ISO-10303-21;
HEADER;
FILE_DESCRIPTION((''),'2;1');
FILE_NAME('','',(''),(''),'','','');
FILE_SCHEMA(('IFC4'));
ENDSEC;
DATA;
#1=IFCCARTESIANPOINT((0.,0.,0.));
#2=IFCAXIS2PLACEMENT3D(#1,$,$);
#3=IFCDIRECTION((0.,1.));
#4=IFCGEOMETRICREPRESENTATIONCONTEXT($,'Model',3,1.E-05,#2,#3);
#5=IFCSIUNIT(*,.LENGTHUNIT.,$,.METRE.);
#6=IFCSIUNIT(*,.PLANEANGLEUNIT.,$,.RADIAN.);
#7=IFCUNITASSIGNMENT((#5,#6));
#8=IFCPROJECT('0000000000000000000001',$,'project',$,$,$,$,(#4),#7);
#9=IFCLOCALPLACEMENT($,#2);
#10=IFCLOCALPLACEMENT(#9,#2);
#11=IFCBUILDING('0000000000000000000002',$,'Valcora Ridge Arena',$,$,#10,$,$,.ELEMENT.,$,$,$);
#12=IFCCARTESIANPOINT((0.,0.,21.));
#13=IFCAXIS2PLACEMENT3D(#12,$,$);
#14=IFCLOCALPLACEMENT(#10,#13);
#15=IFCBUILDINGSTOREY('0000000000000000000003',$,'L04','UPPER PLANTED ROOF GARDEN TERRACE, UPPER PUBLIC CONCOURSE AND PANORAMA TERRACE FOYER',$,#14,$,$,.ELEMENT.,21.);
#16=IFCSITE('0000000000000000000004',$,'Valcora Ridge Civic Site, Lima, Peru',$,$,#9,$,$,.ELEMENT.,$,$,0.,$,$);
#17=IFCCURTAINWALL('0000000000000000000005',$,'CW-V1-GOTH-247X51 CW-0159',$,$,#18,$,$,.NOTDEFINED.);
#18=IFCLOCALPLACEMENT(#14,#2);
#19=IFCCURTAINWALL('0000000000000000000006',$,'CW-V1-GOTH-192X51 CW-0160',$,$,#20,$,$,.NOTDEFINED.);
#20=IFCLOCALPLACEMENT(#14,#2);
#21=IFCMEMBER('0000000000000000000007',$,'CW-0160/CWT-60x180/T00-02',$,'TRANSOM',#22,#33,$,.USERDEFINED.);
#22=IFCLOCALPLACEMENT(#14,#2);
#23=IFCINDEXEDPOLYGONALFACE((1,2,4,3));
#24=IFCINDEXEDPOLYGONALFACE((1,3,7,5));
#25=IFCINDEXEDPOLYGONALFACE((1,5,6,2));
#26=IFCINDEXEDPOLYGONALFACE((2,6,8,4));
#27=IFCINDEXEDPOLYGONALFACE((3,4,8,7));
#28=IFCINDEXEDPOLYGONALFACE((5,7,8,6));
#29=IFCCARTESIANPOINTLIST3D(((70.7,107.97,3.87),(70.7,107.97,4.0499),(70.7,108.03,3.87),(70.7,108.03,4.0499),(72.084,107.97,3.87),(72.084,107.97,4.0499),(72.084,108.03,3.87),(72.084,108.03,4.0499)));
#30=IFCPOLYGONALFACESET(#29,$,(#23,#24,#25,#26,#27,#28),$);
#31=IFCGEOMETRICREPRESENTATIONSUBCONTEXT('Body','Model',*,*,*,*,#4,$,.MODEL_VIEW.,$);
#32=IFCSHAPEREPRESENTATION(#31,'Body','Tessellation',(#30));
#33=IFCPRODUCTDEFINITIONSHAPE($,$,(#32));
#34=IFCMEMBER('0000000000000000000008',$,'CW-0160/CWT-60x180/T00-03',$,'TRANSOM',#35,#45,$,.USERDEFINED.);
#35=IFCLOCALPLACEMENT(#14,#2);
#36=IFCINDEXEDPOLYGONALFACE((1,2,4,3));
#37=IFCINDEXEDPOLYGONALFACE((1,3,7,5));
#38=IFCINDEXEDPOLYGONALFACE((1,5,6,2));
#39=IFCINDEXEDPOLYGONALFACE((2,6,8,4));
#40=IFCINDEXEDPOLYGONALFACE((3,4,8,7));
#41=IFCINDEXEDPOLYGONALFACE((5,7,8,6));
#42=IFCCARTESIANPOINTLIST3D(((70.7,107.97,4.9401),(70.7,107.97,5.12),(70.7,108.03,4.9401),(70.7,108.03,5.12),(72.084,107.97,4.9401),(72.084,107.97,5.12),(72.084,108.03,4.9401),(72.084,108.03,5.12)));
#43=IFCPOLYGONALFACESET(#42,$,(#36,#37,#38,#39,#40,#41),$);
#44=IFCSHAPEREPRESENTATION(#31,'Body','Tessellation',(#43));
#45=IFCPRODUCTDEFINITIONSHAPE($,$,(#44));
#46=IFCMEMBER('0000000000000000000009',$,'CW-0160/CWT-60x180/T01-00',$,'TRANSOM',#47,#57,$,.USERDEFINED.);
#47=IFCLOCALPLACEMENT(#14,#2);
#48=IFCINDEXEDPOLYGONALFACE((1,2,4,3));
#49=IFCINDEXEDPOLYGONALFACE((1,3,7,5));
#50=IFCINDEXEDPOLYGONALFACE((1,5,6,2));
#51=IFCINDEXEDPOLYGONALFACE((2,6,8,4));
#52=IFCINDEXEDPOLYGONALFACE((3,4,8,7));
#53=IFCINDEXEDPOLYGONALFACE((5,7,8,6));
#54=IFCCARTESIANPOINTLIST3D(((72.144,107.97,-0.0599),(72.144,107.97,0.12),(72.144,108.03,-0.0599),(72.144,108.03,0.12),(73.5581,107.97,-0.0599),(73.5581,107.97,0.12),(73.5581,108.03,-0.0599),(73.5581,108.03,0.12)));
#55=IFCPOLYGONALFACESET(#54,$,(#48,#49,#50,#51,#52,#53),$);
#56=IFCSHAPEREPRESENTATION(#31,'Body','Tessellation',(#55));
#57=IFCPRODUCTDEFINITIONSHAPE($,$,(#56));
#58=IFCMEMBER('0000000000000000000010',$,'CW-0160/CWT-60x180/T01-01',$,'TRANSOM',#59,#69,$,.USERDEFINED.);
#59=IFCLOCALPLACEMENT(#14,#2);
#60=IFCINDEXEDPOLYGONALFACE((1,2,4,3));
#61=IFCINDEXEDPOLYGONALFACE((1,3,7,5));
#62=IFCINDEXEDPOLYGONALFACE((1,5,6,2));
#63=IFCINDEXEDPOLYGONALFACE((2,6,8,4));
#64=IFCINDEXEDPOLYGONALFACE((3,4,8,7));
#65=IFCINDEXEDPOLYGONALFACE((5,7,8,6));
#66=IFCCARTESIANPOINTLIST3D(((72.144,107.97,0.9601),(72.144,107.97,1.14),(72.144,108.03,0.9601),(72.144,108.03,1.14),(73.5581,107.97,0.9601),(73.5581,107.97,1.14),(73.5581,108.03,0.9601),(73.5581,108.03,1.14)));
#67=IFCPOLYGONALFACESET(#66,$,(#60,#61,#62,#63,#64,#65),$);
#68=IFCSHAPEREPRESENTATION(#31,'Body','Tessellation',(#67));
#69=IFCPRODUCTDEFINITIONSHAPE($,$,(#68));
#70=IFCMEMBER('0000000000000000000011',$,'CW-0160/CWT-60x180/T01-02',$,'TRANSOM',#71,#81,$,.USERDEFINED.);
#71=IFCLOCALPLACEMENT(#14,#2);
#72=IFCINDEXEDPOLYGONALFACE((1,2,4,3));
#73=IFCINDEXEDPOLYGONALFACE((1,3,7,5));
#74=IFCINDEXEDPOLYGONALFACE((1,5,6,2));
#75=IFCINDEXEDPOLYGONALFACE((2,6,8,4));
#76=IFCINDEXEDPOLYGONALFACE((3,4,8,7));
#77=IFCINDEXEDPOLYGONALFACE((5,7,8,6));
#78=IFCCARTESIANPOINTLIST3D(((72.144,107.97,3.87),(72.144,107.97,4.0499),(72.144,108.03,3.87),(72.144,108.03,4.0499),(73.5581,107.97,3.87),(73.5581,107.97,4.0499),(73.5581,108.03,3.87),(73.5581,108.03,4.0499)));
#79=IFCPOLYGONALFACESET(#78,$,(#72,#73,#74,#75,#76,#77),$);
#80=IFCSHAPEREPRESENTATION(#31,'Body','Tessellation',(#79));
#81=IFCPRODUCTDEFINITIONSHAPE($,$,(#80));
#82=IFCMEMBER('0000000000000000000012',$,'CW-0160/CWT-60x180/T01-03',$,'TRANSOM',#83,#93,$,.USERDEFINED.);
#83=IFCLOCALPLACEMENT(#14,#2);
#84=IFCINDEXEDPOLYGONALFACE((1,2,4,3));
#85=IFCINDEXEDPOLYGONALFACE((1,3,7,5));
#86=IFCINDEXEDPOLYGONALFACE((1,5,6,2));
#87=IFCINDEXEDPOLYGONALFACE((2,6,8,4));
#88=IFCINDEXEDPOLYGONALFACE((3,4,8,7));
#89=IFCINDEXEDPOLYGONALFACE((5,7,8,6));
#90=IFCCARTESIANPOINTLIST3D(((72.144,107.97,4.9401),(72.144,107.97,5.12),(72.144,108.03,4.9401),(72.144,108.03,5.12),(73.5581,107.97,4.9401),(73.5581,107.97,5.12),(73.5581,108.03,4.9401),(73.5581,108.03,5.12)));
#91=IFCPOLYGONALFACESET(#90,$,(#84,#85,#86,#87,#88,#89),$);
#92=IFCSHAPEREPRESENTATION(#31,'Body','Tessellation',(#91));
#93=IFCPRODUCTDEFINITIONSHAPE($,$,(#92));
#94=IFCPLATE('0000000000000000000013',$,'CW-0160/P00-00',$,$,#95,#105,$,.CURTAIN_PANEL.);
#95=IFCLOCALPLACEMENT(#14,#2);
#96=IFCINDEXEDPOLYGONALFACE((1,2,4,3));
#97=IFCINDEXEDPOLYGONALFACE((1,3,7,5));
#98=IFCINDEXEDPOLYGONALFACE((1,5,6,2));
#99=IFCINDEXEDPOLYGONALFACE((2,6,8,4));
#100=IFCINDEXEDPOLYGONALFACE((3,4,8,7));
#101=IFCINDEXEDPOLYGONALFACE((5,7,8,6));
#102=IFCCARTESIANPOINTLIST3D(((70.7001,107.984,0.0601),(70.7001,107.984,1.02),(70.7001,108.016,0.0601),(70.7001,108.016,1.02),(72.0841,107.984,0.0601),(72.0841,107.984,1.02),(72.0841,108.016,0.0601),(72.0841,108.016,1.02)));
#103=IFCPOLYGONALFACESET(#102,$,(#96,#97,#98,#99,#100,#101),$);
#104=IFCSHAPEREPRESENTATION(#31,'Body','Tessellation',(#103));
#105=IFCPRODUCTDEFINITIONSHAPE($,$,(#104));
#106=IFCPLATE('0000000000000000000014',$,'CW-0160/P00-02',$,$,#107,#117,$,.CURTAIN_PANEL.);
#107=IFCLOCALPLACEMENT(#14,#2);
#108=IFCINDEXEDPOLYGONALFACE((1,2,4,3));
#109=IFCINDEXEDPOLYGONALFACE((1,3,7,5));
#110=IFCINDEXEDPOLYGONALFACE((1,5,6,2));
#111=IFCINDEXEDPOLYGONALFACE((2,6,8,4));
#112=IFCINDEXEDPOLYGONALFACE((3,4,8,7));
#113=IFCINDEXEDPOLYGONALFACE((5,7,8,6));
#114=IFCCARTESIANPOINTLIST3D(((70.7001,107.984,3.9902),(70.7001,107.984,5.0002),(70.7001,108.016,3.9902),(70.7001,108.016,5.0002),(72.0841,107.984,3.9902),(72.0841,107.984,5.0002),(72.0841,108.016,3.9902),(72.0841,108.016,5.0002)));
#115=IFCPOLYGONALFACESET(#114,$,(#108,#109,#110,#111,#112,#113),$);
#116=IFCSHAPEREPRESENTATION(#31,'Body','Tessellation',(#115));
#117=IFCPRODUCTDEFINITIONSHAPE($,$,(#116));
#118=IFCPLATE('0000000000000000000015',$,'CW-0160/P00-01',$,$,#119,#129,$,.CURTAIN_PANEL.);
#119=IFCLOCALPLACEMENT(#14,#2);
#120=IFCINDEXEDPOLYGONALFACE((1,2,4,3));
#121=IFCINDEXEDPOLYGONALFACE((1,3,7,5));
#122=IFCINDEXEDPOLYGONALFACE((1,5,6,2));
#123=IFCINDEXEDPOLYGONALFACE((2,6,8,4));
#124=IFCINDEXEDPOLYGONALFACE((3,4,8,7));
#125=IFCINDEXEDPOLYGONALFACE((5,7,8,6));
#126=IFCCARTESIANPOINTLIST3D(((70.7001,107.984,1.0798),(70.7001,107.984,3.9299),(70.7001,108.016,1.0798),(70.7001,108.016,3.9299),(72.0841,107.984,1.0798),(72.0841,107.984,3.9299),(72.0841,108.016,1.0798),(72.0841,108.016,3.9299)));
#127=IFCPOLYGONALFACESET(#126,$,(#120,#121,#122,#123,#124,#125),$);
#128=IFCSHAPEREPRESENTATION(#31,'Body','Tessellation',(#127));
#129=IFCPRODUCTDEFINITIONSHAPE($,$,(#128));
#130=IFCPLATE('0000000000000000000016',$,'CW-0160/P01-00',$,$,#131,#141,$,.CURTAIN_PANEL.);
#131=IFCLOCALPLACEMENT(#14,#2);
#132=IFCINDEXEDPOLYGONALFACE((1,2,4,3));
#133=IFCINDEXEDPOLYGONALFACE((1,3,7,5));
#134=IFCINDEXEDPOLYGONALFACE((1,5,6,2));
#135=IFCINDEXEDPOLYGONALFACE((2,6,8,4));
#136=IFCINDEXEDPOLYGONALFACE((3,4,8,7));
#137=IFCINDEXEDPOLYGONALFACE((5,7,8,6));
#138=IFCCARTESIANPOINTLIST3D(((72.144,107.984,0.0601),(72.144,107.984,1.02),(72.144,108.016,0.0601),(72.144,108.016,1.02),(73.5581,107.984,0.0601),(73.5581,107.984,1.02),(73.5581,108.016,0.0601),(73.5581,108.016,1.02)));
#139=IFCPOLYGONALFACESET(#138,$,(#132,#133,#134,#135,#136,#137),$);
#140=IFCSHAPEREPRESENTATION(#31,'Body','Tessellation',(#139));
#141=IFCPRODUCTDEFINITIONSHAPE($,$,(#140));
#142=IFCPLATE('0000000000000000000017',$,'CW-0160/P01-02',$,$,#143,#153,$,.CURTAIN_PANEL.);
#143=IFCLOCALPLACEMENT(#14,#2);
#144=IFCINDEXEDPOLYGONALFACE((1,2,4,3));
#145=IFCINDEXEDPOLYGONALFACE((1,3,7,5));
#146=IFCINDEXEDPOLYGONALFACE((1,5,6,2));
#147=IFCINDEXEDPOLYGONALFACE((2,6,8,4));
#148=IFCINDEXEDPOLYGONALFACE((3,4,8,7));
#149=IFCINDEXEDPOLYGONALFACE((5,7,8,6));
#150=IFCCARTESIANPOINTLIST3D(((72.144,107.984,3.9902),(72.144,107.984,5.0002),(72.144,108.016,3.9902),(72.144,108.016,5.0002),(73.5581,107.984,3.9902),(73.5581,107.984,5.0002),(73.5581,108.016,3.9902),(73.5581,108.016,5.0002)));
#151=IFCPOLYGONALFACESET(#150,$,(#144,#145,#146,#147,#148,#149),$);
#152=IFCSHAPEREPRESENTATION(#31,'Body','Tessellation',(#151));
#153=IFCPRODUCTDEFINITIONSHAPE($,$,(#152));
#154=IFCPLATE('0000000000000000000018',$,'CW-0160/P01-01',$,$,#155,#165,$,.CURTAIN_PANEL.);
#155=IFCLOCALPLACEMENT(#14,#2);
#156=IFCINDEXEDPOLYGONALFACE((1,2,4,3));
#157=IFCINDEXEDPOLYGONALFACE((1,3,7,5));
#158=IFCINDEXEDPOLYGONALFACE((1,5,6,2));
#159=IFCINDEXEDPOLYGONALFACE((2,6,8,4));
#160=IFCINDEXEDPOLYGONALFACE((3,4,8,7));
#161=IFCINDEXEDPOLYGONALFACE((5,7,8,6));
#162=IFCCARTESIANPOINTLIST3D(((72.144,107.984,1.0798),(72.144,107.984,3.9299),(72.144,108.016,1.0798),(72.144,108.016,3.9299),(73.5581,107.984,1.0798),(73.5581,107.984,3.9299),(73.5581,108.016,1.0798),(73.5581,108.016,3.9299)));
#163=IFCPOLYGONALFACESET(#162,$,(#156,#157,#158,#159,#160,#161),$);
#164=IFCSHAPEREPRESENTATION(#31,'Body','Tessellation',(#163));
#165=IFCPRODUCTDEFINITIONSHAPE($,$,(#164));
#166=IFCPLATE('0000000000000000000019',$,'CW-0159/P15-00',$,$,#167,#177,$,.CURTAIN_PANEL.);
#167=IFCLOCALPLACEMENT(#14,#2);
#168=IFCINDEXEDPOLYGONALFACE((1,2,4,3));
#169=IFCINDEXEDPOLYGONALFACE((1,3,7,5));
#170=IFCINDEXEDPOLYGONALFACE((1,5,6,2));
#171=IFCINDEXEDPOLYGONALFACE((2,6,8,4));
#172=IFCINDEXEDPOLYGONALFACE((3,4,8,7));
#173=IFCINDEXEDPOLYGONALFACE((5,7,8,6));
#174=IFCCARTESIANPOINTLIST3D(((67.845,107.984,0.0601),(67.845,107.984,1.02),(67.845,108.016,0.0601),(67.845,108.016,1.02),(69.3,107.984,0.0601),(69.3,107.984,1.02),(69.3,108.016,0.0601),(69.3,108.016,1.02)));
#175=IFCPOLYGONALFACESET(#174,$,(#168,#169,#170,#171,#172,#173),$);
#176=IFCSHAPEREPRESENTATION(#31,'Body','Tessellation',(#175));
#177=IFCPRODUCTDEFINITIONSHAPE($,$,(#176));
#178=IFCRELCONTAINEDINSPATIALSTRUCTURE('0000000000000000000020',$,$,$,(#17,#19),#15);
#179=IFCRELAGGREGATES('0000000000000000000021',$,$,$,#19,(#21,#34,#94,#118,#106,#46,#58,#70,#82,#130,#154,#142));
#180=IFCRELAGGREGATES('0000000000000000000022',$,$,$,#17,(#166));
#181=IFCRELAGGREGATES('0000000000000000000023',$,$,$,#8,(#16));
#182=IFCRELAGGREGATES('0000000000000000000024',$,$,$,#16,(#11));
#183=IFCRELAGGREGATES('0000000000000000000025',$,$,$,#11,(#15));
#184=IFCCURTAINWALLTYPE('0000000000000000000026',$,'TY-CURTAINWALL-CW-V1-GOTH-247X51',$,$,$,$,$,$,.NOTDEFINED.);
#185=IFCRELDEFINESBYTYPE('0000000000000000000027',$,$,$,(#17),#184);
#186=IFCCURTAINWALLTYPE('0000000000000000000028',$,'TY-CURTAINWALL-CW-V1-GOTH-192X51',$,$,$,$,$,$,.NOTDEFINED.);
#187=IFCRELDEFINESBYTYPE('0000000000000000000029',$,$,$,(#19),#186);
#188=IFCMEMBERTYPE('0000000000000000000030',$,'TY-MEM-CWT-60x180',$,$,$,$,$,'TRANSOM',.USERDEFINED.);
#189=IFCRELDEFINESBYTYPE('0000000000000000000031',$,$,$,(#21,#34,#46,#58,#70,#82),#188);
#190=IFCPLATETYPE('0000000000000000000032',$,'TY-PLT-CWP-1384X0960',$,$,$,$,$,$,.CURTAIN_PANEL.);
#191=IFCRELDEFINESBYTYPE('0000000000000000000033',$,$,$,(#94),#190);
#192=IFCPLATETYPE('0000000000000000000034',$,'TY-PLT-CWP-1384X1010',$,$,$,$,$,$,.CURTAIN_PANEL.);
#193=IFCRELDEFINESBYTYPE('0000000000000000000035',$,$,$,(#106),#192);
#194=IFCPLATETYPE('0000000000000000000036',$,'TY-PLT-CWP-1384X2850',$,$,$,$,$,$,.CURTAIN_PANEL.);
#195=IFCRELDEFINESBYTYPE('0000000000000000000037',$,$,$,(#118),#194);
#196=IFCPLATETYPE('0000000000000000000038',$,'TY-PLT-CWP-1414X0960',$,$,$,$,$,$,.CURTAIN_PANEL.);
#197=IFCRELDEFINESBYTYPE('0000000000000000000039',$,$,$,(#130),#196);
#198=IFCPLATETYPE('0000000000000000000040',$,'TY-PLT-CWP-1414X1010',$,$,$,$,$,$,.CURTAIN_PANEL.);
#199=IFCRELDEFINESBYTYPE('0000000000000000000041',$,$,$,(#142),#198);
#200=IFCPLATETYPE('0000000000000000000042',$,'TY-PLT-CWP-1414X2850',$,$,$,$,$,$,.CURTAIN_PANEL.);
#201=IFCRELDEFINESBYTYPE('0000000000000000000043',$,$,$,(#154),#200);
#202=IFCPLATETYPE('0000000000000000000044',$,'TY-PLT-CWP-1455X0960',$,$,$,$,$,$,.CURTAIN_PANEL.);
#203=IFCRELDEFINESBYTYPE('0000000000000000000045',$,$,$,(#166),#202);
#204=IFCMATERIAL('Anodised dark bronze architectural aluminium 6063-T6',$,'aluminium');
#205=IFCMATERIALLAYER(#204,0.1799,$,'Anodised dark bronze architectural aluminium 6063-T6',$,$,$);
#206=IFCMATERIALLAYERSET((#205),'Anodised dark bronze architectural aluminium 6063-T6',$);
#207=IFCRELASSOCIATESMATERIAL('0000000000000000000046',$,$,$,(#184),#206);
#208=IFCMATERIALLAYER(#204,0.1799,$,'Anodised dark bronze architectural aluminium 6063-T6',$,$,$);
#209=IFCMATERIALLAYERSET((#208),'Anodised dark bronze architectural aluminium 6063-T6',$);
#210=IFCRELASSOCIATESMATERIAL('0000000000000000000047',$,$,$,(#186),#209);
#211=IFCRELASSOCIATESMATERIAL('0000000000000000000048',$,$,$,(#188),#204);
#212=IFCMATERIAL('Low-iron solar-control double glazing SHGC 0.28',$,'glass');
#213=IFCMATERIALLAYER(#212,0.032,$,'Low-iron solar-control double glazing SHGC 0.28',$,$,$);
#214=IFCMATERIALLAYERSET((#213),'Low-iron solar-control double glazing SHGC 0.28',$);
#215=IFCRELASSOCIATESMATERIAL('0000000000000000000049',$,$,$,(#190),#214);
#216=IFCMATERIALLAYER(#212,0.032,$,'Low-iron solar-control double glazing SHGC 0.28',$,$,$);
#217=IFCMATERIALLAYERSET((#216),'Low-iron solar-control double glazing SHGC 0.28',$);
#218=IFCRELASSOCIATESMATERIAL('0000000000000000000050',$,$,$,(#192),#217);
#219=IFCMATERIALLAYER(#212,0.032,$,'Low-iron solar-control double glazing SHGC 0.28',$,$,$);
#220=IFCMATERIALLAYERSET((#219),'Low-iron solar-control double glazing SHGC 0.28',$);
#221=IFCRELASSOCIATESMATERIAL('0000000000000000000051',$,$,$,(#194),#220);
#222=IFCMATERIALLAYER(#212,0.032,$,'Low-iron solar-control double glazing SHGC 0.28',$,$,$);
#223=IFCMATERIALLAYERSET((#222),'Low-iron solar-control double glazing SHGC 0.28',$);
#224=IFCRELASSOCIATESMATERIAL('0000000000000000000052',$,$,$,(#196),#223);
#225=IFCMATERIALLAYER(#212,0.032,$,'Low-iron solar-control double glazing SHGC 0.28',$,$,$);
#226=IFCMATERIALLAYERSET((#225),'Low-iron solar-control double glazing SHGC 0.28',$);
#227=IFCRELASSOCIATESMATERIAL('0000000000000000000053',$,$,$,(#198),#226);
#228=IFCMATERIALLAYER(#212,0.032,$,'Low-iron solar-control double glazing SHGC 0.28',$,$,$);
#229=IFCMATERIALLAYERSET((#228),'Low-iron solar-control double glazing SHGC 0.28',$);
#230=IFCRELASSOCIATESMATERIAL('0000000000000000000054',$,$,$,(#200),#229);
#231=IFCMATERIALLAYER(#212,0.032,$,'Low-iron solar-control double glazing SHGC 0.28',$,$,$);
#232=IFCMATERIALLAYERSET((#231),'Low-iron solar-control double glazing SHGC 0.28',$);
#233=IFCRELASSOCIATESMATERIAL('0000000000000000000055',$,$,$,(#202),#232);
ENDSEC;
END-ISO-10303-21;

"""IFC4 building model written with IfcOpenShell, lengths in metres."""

from ifc_helpers import new_model, si_unit, direction, frame, origin, origin_2d, place, context, subcontext, project, spatial, rectangle, extrude, material, layer, layer_set, material_profile, profile_set, type_object, element, aggregate, save


model = new_model("IFC4")

# Units and contexts
model_context = context("Model", 3, precision=1e-05, world=origin(), true_north=direction((0.0, 1.0)))
body_context = subcontext(model_context, "Body", "Model", "MODEL_VIEW")
ifc_project = project(units=[si_unit("LENGTHUNIT", "METRE"), si_unit("PLANEANGLEUNIT", "RADIAN")], contexts=[model_context])

# Site, building, storey
site_placement = place(None, origin())
site = spatial("IfcSite", under=ifc_project, at=site_placement, Name="Valcora Ridge Civic Site, Lima, Peru", CompositionType="ELEMENT", RefElevation=0.0)
building_placement = place(site_placement, origin())
building = spatial("IfcBuilding", under=site, at=building_placement, Name="Valcora Ridge Arena", CompositionType="ELEMENT")
storey_placement = place(building_placement, frame((0.0, 0.0, 21.0)))
storey = spatial("IfcBuildingStorey", under=building, at=storey_placement, Name="L04", Description="UPPER PLANTED ROOF GARDEN TERRACE, UPPER PUBLIC CONCOURSE AND PANORAMA TERRACE FOYER", CompositionType="ELEMENT", Elevation=21.0)

# Curtain walls
ifc_material_1 = material(Name="Anodised dark bronze architectural aluminium 6063-T6", Category="aluminium")
ifc_layer_1 = layer(ifc_material_1, 0.1799, Name="Anodised dark bronze architectural aluminium 6063-T6")
ifc_layer_set_1 = layer_set([ifc_layer_1], Name="Anodised dark bronze architectural aluminium 6063-T6")
curtain_wall_type_1 = type_object("IfcCurtainWallType", Name="TY-CURTAINWALL-CW-V1-GOTH-247X51", PredefinedType="NOTDEFINED", material=ifc_layer_set_1)
curtain_wall_1_placement = place(storey_placement, origin())
curtain_wall_1 = element("IfcCurtainWall", 1, at=curtain_wall_1_placement, inside=storey, type_object=curtain_wall_type_1, Name="CW-V1-GOTH-247X51 CW-0159", PredefinedType="NOTDEFINED")
ifc_layer_2 = layer(ifc_material_1, 0.1799, Name="Anodised dark bronze architectural aluminium 6063-T6")
ifc_layer_set_2 = layer_set([ifc_layer_2], Name="Anodised dark bronze architectural aluminium 6063-T6")
curtain_wall_type_2 = type_object("IfcCurtainWallType", Name="TY-CURTAINWALL-CW-V1-GOTH-192X51", PredefinedType="NOTDEFINED", material=ifc_layer_set_2)
curtain_wall_2_placement = place(storey_placement, origin())
curtain_wall_2 = element("IfcCurtainWall", 2, at=curtain_wall_2_placement, inside=storey, type_object=curtain_wall_type_2, Name="CW-V1-GOTH-192X51 CW-0160", PredefinedType="NOTDEFINED")

# Members
ifc_material_profile_1 = material_profile(ifc_material_1, rectangle(XDim=0.0601, YDim=0.1799, at=origin_2d()), Name="ALU TRANSOM 60x180")
ifc_profile_set_1 = profile_set([ifc_material_profile_1], Name="Anodised dark bronze architectural aluminium 6063-T6")
member_type_1 = type_object("IfcMemberType", Name="TY-MEM-CWT-60x180", ElementType="TRANSOM", PredefinedType="USERDEFINED", material=ifc_profile_set_1)
member_1_placement = place(storey_placement, frame((70.7, 108.0, 3.96), z_axis=(1.0, 0.0, 0.0), x_axis=(0.0, 1.0, 0.0)))
member_1 = element("IfcMember", 3, at=member_1_placement, type_object=member_type_1, Name="CW-0160/CWT-60x180/T00-02", ObjectType="TRANSOM", PredefinedType="USERDEFINED", context=body_context, shape_type="SweptSolid", body=[
    extrude(rectangle(XDim=0.0601, YDim=0.1799, at=origin_2d()), origin(), (0.0, 0.0, 1.0), 1.384),
])
member_2_placement = place(storey_placement, frame((70.7, 108.0, 5.03), z_axis=(1.0, 0.0, 0.0), x_axis=(0.0, 1.0, 0.0)))
member_2 = element("IfcMember", 4, at=member_2_placement, type_object=member_type_1, Name="CW-0160/CWT-60x180/T00-03", ObjectType="TRANSOM", PredefinedType="USERDEFINED", context=body_context, shape_type="SweptSolid", body=[
    extrude(rectangle(XDim=0.0601, YDim=0.1799, at=origin_2d()), origin(), (0.0, 0.0, 1.0), 1.384),
])
member_3_placement = place(storey_placement, frame((72.144, 108.0, 0.03), z_axis=(1.0, 0.0, 0.0), x_axis=(0.0, 1.0, 0.0)))
member_3 = element("IfcMember", 5, at=member_3_placement, type_object=member_type_1, Name="CW-0160/CWT-60x180/T01-00", ObjectType="TRANSOM", PredefinedType="USERDEFINED", context=body_context, shape_type="SweptSolid", body=[
    extrude(rectangle(XDim=0.0601, YDim=0.1799, at=origin_2d()), origin(), (0.0, 0.0, 1.0), 1.4141),
])
member_4_placement = place(storey_placement, frame((72.144, 108.0, 1.05), z_axis=(1.0, 0.0, 0.0), x_axis=(0.0, 1.0, 0.0)))
member_4 = element("IfcMember", 6, at=member_4_placement, type_object=member_type_1, Name="CW-0160/CWT-60x180/T01-01", ObjectType="TRANSOM", PredefinedType="USERDEFINED", context=body_context, shape_type="SweptSolid", body=[
    extrude(rectangle(XDim=0.0601, YDim=0.1799, at=origin_2d()), origin(), (0.0, 0.0, 1.0), 1.4141),
])
member_5_placement = place(storey_placement, frame((72.144, 108.0, 3.96), z_axis=(1.0, 0.0, 0.0), x_axis=(0.0, 1.0, 0.0)))
member_5 = element("IfcMember", 7, at=member_5_placement, type_object=member_type_1, Name="CW-0160/CWT-60x180/T01-02", ObjectType="TRANSOM", PredefinedType="USERDEFINED", context=body_context, shape_type="SweptSolid", body=[
    extrude(rectangle(XDim=0.0601, YDim=0.1799, at=origin_2d()), origin(), (0.0, 0.0, 1.0), 1.4141),
])
member_6_placement = place(storey_placement, frame((72.144, 108.0, 5.03), z_axis=(1.0, 0.0, 0.0), x_axis=(0.0, 1.0, 0.0)))
member_6 = element("IfcMember", 8, at=member_6_placement, type_object=member_type_1, Name="CW-0160/CWT-60x180/T01-03", ObjectType="TRANSOM", PredefinedType="USERDEFINED", context=body_context, shape_type="SweptSolid", body=[
    extrude(rectangle(XDim=0.0601, YDim=0.1799, at=origin_2d()), origin(), (0.0, 0.0, 1.0), 1.4141),
])

# Plates
ifc_material_2 = material(Name="Low-iron solar-control double glazing SHGC 0.28", Category="glass")
ifc_layer_3 = layer(ifc_material_2, 0.032, Name="Low-iron solar-control double glazing SHGC 0.28")
ifc_layer_set_3 = layer_set([ifc_layer_3], Name="Low-iron solar-control double glazing SHGC 0.28")
plate_type_1 = type_object("IfcPlateType", Name="TY-PLT-CWP-1384X0960", PredefinedType="CURTAIN_PANEL", material=ifc_layer_set_3)
plate_1_placement = place(storey_placement, frame((71.3921, 108.0, 0.0601), z_axis=(0.0, 0.0, 1.0), x_axis=(1.0, 0.0, 0.0)))
plate_1 = element("IfcPlate", 9, at=plate_1_placement, type_object=plate_type_1, Name="CW-0160/P00-00", PredefinedType="CURTAIN_PANEL", context=body_context, shape_type="SweptSolid", body=[
    extrude(rectangle(XDim=1.384, YDim=0.032, at=origin_2d()), origin(), (0.0, 0.0, 1.0), 0.96),
])
ifc_layer_4 = layer(ifc_material_2, 0.032, Name="Low-iron solar-control double glazing SHGC 0.28")
ifc_layer_set_4 = layer_set([ifc_layer_4], Name="Low-iron solar-control double glazing SHGC 0.28")
plate_type_2 = type_object("IfcPlateType", Name="TY-PLT-CWP-1384X1010", PredefinedType="CURTAIN_PANEL", material=ifc_layer_set_4)
plate_2_placement = place(storey_placement, frame((71.3921, 108.0, 3.9902), z_axis=(0.0, 0.0, 1.0), x_axis=(1.0, 0.0, 0.0)))
plate_2 = element("IfcPlate", 10, at=plate_2_placement, type_object=plate_type_2, Name="CW-0160/P00-02", PredefinedType="CURTAIN_PANEL", context=body_context, shape_type="SweptSolid", body=[
    extrude(rectangle(XDim=1.384, YDim=0.032, at=origin_2d()), origin(), (0.0, 0.0, 1.0), 1.01),
])
ifc_layer_5 = layer(ifc_material_2, 0.032, Name="Low-iron solar-control double glazing SHGC 0.28")
ifc_layer_set_5 = layer_set([ifc_layer_5], Name="Low-iron solar-control double glazing SHGC 0.28")
plate_type_3 = type_object("IfcPlateType", Name="TY-PLT-CWP-1384X2850", PredefinedType="CURTAIN_PANEL", material=ifc_layer_set_5)
plate_3_placement = place(storey_placement, frame((71.3921, 108.0, 1.0798), z_axis=(0.0, 0.0, 1.0), x_axis=(1.0, 0.0, 0.0)))
plate_3 = element("IfcPlate", 11, at=plate_3_placement, type_object=plate_type_3, Name="CW-0160/P00-01", PredefinedType="CURTAIN_PANEL", context=body_context, shape_type="SweptSolid", body=[
    extrude(rectangle(XDim=1.384, YDim=0.032, at=origin_2d()), origin(), (0.0, 0.0, 1.0), 2.8501),
])
ifc_layer_6 = layer(ifc_material_2, 0.032, Name="Low-iron solar-control double glazing SHGC 0.28")
ifc_layer_set_6 = layer_set([ifc_layer_6], Name="Low-iron solar-control double glazing SHGC 0.28")
plate_type_4 = type_object("IfcPlateType", Name="TY-PLT-CWP-1414X0960", PredefinedType="CURTAIN_PANEL", material=ifc_layer_set_6)
plate_4_placement = place(storey_placement, frame((72.8511, 108.0, 0.0601), z_axis=(0.0, 0.0, 1.0), x_axis=(1.0, 0.0, 0.0)))
plate_4 = element("IfcPlate", 12, at=plate_4_placement, type_object=plate_type_4, Name="CW-0160/P01-00", PredefinedType="CURTAIN_PANEL", context=body_context, shape_type="SweptSolid", body=[
    extrude(rectangle(XDim=1.4141, YDim=0.032, at=origin_2d()), origin(), (0.0, 0.0, 1.0), 0.96),
])
ifc_layer_7 = layer(ifc_material_2, 0.032, Name="Low-iron solar-control double glazing SHGC 0.28")
ifc_layer_set_7 = layer_set([ifc_layer_7], Name="Low-iron solar-control double glazing SHGC 0.28")
plate_type_5 = type_object("IfcPlateType", Name="TY-PLT-CWP-1414X1010", PredefinedType="CURTAIN_PANEL", material=ifc_layer_set_7)
plate_5_placement = place(storey_placement, frame((72.8511, 108.0, 3.9902), z_axis=(0.0, 0.0, 1.0), x_axis=(1.0, 0.0, 0.0)))
plate_5 = element("IfcPlate", 13, at=plate_5_placement, type_object=plate_type_5, Name="CW-0160/P01-02", PredefinedType="CURTAIN_PANEL", context=body_context, shape_type="SweptSolid", body=[
    extrude(rectangle(XDim=1.4141, YDim=0.032, at=origin_2d()), origin(), (0.0, 0.0, 1.0), 1.01),
])
ifc_layer_8 = layer(ifc_material_2, 0.032, Name="Low-iron solar-control double glazing SHGC 0.28")
ifc_layer_set_8 = layer_set([ifc_layer_8], Name="Low-iron solar-control double glazing SHGC 0.28")
plate_type_6 = type_object("IfcPlateType", Name="TY-PLT-CWP-1414X2850", PredefinedType="CURTAIN_PANEL", material=ifc_layer_set_8)
plate_6_placement = place(storey_placement, frame((72.8511, 108.0, 1.0798), z_axis=(0.0, 0.0, 1.0), x_axis=(1.0, 0.0, 0.0)))
plate_6 = element("IfcPlate", 14, at=plate_6_placement, type_object=plate_type_6, Name="CW-0160/P01-01", PredefinedType="CURTAIN_PANEL", context=body_context, shape_type="SweptSolid", body=[
    extrude(rectangle(XDim=1.4141, YDim=0.032, at=origin_2d()), origin(), (0.0, 0.0, 1.0), 2.8501),
])
aggregate(curtain_wall_2, [member_1, member_2, plate_1, plate_3, plate_2, member_3, member_4, member_5, member_6, plate_4, plate_6, plate_5])
ifc_layer_9 = layer(ifc_material_2, 0.032, Name="Low-iron solar-control double glazing SHGC 0.28")
ifc_layer_set_9 = layer_set([ifc_layer_9], Name="Low-iron solar-control double glazing SHGC 0.28")
plate_type_7 = type_object("IfcPlateType", Name="TY-PLT-CWP-1455X0960", PredefinedType="CURTAIN_PANEL", material=ifc_layer_set_9)
plate_7_placement = place(storey_placement, frame((68.5725, 108.0, 0.0601), z_axis=(0.0, 0.0, 1.0), x_axis=(1.0, 0.0, 0.0)))
plate_7 = element("IfcPlate", 15, at=plate_7_placement, type_object=plate_type_7, Name="CW-0159/P15-00", PredefinedType="CURTAIN_PANEL", context=body_context, shape_type="SweptSolid", body=[
    extrude(rectangle(XDim=1.4551, YDim=0.032, at=origin_2d()), origin(), (0.0, 0.0, 1.0), 0.96),
])
aggregate(curtain_wall_1, [plate_7])

save(model, "model.ifc")
